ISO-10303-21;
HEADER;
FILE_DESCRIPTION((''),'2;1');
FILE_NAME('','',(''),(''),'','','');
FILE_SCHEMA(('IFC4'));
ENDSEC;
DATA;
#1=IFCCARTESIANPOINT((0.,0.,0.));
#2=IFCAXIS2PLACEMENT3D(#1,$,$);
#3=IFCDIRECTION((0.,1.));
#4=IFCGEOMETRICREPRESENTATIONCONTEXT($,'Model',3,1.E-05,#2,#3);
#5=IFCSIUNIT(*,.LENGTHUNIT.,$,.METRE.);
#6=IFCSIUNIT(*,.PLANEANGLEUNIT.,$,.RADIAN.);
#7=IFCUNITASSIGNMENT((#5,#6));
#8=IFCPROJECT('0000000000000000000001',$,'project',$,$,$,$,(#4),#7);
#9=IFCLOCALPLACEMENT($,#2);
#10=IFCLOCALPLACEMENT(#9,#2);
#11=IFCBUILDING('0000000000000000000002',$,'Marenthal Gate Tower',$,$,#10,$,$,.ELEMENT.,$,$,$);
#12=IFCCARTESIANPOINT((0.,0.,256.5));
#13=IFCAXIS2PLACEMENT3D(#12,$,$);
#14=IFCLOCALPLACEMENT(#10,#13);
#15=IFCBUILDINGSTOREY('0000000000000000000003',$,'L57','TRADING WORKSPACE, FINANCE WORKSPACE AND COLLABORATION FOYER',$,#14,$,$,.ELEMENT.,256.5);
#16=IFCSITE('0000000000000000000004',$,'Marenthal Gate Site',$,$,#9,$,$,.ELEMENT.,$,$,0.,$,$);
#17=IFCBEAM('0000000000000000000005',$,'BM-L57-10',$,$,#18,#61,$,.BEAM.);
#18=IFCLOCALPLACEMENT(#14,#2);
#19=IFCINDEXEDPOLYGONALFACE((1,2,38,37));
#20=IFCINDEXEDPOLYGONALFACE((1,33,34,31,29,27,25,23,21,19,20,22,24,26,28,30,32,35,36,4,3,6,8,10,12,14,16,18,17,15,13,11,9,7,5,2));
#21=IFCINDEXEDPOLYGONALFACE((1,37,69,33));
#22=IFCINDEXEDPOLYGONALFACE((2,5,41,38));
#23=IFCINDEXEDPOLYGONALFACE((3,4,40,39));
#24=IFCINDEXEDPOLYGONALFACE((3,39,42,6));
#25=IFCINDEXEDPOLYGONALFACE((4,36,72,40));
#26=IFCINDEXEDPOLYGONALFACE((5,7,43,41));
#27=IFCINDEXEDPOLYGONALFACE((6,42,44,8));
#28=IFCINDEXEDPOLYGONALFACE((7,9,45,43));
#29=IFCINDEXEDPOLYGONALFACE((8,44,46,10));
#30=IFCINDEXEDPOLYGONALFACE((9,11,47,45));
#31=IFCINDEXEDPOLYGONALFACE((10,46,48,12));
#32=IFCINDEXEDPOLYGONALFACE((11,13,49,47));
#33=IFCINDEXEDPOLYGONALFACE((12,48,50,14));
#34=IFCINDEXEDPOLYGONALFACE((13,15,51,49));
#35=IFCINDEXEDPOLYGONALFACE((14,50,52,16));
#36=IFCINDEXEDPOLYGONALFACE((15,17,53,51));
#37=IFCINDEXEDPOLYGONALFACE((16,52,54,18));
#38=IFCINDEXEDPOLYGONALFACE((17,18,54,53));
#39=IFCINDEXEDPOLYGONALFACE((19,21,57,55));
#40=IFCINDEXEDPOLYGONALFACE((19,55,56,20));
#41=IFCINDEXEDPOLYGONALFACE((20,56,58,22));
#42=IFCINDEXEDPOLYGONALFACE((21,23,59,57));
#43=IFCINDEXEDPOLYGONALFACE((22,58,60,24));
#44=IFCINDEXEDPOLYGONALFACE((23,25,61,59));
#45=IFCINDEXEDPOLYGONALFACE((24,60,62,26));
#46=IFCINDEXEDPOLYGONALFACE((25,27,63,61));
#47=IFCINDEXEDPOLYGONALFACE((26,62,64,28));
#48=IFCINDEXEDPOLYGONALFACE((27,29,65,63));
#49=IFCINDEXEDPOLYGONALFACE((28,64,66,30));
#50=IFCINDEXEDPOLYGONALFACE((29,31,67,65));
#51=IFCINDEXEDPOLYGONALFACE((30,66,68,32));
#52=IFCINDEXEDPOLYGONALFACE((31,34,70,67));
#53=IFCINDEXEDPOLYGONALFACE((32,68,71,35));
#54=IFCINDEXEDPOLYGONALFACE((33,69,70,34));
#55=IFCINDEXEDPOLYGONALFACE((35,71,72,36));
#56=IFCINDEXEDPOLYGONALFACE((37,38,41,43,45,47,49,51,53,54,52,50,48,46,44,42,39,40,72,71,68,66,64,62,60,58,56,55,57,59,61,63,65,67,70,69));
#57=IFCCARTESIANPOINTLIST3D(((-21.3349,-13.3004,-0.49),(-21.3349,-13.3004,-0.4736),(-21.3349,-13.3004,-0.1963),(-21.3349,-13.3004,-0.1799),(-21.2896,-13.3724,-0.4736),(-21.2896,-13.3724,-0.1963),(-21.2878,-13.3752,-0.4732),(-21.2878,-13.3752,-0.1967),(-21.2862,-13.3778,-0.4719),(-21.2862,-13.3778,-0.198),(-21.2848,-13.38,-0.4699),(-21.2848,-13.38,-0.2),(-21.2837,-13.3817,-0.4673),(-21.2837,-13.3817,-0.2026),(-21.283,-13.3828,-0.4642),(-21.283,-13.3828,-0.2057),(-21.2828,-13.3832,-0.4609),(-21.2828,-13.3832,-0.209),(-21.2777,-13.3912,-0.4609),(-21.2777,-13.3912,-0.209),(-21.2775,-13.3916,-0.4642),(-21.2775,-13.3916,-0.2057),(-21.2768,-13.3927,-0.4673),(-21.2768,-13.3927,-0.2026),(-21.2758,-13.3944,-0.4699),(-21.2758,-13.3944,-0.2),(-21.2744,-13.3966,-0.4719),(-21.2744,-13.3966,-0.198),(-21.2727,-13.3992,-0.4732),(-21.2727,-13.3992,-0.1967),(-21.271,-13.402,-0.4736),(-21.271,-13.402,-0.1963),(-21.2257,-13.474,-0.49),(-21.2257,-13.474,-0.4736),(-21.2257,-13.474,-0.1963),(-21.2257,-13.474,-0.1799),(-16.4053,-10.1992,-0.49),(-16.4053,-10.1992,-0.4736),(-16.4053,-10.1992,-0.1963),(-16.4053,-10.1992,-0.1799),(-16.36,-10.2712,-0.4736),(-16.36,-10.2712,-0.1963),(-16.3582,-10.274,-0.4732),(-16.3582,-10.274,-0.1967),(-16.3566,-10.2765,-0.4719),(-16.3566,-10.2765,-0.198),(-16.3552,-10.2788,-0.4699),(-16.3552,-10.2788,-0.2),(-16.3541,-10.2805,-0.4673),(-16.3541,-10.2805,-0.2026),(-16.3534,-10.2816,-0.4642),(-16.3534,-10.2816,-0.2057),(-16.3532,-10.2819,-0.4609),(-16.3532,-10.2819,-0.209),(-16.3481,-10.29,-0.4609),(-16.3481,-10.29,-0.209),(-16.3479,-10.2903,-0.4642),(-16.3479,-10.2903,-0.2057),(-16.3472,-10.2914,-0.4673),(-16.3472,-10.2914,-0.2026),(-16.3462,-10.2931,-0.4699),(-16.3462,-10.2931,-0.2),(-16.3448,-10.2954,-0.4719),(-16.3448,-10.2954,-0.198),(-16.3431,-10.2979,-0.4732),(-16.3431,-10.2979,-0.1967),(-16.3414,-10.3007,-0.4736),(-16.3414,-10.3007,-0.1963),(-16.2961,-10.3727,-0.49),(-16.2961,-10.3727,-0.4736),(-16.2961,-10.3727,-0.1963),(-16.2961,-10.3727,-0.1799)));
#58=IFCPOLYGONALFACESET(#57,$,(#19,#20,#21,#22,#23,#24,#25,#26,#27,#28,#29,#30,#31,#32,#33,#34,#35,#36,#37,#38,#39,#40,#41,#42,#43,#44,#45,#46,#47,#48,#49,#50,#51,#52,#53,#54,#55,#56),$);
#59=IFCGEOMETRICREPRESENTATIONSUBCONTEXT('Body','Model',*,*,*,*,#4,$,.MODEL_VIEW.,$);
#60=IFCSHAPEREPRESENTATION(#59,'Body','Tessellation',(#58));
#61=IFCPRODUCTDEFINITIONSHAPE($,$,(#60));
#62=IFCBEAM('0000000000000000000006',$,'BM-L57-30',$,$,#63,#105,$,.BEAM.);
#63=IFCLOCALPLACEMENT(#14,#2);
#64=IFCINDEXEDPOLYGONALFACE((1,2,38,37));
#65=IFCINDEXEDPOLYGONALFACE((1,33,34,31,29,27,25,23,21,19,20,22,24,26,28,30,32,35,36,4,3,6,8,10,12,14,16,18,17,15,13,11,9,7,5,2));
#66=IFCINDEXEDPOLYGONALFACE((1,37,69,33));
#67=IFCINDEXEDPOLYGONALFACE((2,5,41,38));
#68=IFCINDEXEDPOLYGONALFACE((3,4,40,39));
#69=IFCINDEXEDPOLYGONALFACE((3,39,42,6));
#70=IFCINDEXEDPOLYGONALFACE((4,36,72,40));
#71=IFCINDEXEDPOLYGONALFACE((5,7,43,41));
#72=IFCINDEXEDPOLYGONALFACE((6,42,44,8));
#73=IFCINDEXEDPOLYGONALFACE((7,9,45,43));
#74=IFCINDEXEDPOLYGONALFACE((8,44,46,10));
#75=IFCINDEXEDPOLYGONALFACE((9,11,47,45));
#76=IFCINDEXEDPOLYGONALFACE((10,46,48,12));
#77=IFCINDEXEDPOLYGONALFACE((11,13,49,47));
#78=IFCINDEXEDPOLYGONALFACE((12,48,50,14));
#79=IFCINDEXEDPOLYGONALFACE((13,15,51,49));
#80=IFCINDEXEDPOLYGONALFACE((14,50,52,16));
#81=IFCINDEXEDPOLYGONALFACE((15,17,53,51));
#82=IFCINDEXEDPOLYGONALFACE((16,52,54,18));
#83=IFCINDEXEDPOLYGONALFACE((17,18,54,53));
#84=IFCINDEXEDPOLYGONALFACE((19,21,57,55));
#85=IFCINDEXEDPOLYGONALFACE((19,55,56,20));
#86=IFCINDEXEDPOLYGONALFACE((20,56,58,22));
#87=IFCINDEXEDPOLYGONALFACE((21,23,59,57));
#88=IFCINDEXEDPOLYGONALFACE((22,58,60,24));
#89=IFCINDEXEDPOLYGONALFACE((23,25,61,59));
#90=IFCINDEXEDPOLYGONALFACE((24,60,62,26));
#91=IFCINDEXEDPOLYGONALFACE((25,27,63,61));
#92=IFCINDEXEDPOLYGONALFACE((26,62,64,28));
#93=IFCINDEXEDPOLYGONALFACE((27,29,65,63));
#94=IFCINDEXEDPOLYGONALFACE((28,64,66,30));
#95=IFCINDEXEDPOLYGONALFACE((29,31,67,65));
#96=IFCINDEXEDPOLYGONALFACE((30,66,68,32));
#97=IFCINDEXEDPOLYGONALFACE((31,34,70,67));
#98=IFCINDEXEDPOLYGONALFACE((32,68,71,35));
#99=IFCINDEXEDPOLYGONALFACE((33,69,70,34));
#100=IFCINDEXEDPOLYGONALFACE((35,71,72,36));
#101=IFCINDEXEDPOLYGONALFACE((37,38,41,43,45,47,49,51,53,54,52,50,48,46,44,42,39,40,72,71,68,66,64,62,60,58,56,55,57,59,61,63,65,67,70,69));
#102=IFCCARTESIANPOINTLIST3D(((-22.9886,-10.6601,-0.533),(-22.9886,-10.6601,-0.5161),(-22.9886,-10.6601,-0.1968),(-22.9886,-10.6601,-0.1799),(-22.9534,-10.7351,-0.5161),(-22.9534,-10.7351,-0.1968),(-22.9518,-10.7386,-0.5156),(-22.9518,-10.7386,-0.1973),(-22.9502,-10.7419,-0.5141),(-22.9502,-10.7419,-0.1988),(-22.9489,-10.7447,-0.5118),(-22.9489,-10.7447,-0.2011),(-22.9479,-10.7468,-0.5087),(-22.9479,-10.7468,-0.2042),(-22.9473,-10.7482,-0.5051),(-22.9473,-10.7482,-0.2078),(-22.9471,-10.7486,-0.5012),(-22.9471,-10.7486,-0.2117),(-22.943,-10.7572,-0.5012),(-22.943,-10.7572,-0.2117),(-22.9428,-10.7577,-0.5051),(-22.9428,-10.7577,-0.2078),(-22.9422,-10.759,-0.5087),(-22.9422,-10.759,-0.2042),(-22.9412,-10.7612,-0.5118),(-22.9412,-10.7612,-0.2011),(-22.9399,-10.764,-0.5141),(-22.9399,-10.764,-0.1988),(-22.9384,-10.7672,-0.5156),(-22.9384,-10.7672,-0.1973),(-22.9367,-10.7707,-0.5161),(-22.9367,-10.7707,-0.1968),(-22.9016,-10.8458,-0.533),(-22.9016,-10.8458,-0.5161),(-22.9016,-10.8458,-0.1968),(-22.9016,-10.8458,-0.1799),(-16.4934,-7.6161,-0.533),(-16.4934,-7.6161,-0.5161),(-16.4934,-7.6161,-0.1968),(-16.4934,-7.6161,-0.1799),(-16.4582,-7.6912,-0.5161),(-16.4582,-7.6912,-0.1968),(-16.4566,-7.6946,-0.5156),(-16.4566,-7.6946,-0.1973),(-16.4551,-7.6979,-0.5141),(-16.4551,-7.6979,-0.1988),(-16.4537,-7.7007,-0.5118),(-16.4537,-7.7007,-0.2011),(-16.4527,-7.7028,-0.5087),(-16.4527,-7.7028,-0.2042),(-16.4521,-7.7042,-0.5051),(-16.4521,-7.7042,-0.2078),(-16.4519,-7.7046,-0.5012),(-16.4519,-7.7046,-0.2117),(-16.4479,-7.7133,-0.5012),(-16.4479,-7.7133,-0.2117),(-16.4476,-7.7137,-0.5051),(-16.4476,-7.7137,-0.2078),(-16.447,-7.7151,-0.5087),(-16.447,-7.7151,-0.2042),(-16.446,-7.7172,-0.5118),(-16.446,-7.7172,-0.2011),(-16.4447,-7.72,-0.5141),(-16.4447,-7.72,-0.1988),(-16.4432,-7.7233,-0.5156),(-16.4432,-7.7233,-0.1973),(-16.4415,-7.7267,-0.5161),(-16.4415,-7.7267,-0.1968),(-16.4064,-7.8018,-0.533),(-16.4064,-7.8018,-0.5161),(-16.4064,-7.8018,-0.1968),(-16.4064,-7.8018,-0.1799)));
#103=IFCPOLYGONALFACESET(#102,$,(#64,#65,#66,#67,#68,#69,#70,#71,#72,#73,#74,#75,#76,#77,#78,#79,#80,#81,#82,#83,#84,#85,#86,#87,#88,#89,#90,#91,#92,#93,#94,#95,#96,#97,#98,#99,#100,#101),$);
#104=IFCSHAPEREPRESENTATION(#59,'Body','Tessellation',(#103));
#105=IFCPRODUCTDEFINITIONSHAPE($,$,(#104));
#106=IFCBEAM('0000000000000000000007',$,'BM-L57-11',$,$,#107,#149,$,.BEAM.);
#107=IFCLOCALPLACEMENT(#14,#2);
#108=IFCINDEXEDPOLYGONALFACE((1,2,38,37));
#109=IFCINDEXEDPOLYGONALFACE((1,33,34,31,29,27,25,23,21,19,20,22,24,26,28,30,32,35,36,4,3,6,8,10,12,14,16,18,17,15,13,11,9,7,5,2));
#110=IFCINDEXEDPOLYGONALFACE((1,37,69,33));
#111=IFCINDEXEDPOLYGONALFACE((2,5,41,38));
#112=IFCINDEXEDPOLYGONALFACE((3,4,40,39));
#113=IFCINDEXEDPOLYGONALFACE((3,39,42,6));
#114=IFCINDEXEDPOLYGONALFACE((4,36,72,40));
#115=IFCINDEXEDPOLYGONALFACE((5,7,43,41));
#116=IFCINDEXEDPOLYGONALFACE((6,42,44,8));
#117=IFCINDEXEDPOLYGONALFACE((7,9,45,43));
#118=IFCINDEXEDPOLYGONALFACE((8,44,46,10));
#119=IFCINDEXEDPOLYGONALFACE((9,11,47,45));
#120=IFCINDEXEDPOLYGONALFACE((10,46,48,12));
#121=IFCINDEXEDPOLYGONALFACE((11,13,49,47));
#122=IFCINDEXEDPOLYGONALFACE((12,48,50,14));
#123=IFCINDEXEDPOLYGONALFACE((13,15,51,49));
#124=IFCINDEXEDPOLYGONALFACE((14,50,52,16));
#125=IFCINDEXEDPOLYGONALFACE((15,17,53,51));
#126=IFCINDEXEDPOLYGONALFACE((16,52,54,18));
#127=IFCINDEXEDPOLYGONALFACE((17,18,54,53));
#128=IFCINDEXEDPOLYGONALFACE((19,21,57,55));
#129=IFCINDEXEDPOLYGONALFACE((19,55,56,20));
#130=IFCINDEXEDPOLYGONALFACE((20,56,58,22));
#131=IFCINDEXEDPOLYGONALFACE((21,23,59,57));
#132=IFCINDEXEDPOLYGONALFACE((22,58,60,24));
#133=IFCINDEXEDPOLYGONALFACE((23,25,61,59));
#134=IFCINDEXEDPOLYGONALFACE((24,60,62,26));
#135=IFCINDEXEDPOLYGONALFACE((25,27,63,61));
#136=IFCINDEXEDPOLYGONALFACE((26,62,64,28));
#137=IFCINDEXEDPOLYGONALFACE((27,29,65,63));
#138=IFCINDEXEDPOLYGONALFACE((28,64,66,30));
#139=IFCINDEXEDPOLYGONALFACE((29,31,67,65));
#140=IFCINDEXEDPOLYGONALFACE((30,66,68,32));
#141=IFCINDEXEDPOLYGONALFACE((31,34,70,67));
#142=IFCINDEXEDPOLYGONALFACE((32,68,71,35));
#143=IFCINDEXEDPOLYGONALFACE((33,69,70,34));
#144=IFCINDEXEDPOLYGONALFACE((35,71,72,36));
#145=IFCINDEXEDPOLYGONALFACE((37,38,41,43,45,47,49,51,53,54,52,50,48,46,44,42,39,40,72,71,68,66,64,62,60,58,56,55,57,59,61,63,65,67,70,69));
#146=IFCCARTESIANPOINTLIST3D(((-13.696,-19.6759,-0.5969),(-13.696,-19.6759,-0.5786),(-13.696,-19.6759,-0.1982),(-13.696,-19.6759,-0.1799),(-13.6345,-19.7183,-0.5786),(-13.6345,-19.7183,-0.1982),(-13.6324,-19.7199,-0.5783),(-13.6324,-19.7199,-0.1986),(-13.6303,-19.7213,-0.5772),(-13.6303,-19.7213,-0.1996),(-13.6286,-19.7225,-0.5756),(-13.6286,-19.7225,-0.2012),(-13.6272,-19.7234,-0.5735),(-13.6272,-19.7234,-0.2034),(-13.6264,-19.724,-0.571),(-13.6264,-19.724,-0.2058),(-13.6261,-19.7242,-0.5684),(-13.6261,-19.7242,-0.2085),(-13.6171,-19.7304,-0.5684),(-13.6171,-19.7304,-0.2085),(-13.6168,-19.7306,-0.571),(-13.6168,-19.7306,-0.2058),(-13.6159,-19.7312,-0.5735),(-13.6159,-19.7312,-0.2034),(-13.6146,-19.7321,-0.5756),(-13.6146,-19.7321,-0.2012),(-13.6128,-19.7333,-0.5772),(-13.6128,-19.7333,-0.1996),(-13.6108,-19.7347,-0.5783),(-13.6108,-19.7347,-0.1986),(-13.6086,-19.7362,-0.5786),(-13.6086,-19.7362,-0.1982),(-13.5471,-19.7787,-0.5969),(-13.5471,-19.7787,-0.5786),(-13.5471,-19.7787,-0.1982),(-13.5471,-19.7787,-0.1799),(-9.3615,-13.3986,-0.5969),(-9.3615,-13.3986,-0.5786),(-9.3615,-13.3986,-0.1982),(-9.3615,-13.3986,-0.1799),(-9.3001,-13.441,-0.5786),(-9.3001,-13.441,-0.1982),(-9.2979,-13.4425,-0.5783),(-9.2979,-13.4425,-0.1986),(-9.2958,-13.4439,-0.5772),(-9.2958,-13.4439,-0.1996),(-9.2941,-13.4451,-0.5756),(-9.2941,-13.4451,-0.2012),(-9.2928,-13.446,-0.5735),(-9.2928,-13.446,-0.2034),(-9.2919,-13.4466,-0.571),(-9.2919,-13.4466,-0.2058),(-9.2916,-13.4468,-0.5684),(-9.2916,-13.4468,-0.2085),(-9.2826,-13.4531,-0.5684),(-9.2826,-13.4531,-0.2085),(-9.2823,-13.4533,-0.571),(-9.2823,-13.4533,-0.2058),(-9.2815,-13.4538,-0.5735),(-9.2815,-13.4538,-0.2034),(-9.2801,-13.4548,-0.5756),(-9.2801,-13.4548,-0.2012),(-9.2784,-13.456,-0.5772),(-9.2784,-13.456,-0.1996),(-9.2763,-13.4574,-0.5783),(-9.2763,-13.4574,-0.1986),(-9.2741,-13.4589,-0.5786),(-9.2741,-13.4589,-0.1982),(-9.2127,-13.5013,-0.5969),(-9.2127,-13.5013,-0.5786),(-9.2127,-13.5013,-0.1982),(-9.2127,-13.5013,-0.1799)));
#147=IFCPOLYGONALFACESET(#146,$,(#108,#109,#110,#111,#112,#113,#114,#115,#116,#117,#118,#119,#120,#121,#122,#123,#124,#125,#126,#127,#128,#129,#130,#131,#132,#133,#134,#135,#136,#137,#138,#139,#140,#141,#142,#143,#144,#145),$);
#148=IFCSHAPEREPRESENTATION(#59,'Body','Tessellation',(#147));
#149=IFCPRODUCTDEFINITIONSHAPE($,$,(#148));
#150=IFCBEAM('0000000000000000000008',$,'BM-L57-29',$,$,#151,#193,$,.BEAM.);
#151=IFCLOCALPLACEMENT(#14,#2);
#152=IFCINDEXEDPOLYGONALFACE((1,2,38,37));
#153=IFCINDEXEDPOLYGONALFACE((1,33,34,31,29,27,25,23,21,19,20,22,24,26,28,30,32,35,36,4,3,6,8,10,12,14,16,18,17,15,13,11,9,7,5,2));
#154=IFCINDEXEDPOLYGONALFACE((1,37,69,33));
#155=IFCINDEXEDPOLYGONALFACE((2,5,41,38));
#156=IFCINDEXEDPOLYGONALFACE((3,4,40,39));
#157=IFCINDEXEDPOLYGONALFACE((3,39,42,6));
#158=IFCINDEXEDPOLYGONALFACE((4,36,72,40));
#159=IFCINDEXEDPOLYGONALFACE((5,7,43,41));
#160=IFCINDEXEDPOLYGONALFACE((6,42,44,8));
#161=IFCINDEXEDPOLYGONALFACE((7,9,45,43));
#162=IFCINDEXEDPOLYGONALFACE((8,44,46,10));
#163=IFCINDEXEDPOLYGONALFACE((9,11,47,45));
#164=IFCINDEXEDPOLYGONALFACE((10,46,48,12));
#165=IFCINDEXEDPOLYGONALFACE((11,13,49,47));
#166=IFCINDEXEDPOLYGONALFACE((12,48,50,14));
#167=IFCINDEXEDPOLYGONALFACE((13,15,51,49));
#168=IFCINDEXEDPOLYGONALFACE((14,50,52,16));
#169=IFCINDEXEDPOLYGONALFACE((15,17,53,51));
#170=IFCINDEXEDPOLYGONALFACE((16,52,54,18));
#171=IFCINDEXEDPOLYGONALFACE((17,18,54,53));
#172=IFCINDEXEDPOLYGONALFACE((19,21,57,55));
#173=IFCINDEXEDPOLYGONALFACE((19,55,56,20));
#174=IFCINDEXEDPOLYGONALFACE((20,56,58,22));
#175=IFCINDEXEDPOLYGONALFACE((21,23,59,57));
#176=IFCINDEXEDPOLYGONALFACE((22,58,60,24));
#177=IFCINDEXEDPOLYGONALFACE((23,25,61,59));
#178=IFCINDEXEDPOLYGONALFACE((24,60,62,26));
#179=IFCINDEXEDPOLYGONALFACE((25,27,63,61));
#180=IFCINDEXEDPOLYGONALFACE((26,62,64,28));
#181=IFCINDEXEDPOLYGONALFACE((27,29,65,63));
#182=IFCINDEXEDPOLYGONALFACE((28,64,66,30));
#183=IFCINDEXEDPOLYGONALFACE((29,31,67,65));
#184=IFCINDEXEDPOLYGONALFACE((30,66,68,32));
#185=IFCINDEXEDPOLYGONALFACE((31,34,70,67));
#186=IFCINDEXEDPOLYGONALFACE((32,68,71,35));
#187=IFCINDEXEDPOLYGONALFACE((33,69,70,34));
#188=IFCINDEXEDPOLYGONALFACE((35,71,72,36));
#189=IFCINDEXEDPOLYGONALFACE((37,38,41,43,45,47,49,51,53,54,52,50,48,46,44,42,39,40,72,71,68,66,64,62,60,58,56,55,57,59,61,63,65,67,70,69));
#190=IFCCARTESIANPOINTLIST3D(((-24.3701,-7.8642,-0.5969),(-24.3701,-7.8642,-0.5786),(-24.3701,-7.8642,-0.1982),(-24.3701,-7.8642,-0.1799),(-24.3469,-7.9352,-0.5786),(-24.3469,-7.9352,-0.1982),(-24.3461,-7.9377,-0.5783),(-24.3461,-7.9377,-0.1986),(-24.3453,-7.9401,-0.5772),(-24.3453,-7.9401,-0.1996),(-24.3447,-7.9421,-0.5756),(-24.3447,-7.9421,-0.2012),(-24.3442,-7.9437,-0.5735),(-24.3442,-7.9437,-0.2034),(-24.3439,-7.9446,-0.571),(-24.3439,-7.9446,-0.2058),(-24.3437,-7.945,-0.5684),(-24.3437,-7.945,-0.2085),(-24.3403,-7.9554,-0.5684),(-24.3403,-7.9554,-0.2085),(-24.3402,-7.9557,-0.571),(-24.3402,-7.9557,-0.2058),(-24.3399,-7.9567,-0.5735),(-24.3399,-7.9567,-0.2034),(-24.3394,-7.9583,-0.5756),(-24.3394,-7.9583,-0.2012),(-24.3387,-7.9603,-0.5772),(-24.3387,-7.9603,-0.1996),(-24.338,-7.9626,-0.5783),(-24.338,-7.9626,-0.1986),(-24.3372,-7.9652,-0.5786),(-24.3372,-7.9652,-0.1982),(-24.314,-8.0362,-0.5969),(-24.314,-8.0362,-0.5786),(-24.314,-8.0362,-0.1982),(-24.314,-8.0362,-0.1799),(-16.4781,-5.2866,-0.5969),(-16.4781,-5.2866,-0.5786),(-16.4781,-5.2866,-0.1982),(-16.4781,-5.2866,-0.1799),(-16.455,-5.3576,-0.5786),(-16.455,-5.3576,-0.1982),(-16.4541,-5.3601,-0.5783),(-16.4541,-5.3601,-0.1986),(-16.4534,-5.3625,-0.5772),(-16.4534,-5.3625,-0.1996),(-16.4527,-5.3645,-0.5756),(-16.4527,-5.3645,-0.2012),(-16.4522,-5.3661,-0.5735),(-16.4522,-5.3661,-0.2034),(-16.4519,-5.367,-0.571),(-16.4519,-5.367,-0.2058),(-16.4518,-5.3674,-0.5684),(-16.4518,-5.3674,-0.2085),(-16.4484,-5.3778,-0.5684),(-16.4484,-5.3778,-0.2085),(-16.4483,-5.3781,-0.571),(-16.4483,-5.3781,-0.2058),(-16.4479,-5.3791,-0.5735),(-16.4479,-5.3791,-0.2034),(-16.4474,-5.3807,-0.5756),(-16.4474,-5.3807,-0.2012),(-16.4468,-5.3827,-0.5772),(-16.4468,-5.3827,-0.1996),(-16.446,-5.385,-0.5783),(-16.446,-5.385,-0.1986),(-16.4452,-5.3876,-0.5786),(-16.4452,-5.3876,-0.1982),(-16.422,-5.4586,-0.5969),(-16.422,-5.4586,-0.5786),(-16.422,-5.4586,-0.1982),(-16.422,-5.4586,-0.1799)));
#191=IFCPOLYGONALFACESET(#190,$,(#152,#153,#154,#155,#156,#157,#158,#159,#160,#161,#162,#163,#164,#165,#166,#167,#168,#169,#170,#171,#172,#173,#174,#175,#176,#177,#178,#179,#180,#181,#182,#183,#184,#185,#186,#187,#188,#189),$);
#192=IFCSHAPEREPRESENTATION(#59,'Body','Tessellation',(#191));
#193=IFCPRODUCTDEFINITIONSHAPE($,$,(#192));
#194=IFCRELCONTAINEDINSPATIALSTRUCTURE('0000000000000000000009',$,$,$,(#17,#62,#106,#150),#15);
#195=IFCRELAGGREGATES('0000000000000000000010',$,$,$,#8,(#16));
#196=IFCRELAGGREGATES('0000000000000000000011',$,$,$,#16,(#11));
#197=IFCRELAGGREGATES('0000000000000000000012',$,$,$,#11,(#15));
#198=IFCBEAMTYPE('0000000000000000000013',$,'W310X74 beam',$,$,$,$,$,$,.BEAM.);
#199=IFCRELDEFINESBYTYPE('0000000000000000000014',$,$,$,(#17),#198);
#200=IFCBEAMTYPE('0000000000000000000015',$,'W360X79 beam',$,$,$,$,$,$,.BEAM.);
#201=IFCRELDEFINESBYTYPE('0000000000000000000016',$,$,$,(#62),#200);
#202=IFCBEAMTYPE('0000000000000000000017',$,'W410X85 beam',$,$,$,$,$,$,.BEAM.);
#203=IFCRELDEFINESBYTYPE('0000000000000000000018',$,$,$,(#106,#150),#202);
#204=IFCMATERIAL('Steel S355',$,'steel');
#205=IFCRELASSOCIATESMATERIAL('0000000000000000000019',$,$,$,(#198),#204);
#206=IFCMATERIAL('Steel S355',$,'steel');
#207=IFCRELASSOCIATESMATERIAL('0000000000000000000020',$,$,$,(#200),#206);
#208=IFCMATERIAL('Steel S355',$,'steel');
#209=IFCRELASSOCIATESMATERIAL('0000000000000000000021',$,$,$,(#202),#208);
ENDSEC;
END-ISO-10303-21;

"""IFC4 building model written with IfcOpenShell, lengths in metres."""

from ifc_helpers import new_model, si_unit, direction, frame, origin, origin_2d, place, context, subcontext, project, spatial, i_section, extrude, material, material_profile, profile_set, type_object, element, save


model = new_model("IFC4")

# Units and contexts
model_context = context("Model", 3, precision=1e-05, world=origin(), true_north=direction((0.0, 1.0)))
body_context = subcontext(model_context, "Body", "Model", "MODEL_VIEW")
ifc_project = project(units=[si_unit("LENGTHUNIT", "METRE"), si_unit("PLANEANGLEUNIT", "RADIAN")], contexts=[model_context])

# Site, building, storey
site_placement = place(None, origin())
site = spatial("IfcSite", under=ifc_project, at=site_placement, Name="Marenthal Gate Site", CompositionType="ELEMENT", RefElevation=0.0)
building_placement = place(site_placement, origin())
building = spatial("IfcBuilding", under=site, at=building_placement, Name="Marenthal Gate Tower", CompositionType="ELEMENT")
storey_placement = place(building_placement, frame((0.0, 0.0, 256.5)))
storey = spatial("IfcBuildingStorey", under=building, at=storey_placement, Name="L57", Description="TRADING WORKSPACE, FINANCE WORKSPACE AND COLLABORATION FOYER", CompositionType="ELEMENT", Elevation=256.5)

# Beams
ifc_material_1 = material(Name="Steel S355", Category="steel")
ifc_material_profile_1 = material_profile(ifc_material_1, i_section(OverallWidth=0.2051, OverallDepth=0.3101, WebThickness=0.0095, FlangeThickness=0.0164, FilletRadius=0.0127, at=origin_2d()), Name="W310X74")
ifc_profile_set_1 = profile_set([ifc_material_profile_1], Name="Steel S355")
beam_type_1 = type_object("IfcBeamType", Name="W310X74 beam", PredefinedType="BEAM", material=ifc_profile_set_1)
beam_1_placement = place(storey_placement, frame((-21.2803, -13.3872, -0.335), z_axis=(0.846431, 0.532499, 0.0), x_axis=(-0.532499, 0.846431, 0.0)))
element("IfcBeam", 1, at=beam_1_placement, inside=storey, type_object=beam_type_1, Name="BM-L57-10", PredefinedType="BEAM", context=body_context, shape_type="SweptSolid", body=[
    extrude(i_section(OverallWidth=0.2051, OverallDepth=0.3101, WebThickness=0.0095, FlangeThickness=0.0164, FilletRadius=0.0127, at=origin_2d()), origin(), (0.0, 0.0, 1.0), 5.824),
])
ifc_material_2 = material(Name="Steel S355", Category="steel")
ifc_material_profile_2 = material_profile(ifc_material_2, i_section(OverallWidth=0.2051, OverallDepth=0.353, WebThickness=0.0095, FlangeThickness=0.0168, FilletRadius=0.0149, at=origin_2d()), Name="W360X79")
ifc_profile_set_2 = profile_set([ifc_material_profile_2], Name="Steel S355")
beam_type_2 = type_object("IfcBeamType", Name="W360X79 beam", PredefinedType="BEAM", material=ifc_profile_set_2)
beam_2_placement = place(storey_placement, frame((-22.9451, -10.7529, -0.3564), z_axis=(0.905493, 0.424361, 0.0), x_axis=(-0.424361, 0.905493, 0.0)))
element("IfcBeam", 2, at=beam_2_placement, inside=storey, type_object=beam_type_2, Name="BM-L57-30", PredefinedType="BEAM", context=body_context, shape_type="SweptSolid", body=[
    extrude(i_section(OverallWidth=0.2051, OverallDepth=0.353, WebThickness=0.0095, FlangeThickness=0.0168, FilletRadius=0.0149, at=origin_2d()), origin(), (0.0, 0.0, 1.0), 7.1731),
])
ifc_material_3 = material(Name="Steel S355", Category="steel")
ifc_material_profile_3 = material_profile(ifc_material_3, i_section(OverallWidth=0.1809, OverallDepth=0.417, WebThickness=0.011, FlangeThickness=0.0183, FilletRadius=0.0103, at=origin_2d()), Name="W410X85")
ifc_profile_set_3 = profile_set([ifc_material_profile_3], Name="Steel S355")
beam_type_3 = type_object("IfcBeamType", Name="W410X85 beam", PredefinedType="BEAM", material=ifc_profile_set_3)
beam_3_placement = place(storey_placement, frame((-13.6216, -19.7273, -0.3884), z_axis=(0.568201, 0.82289, 0.0), x_axis=(-0.82289, 0.568201, 0.0)))
element("IfcBeam", 3, at=beam_3_placement, inside=storey, type_object=beam_type_3, Name="BM-L57-11", PredefinedType="BEAM", context=body_context, shape_type="SweptSolid", body=[
    extrude(i_section(OverallWidth=0.1809, OverallDepth=0.417, WebThickness=0.011, FlangeThickness=0.0183, FilletRadius=0.0103, at=origin_2d()), origin(), (0.0, 0.0, 1.0), 7.6284),
])
beam_4_placement = place(storey_placement, frame((-24.342, -7.9502, -0.3884), z_axis=(0.950583, 0.31047, 0.0), x_axis=(-0.31047, 0.950583, 0.0)))
element("IfcBeam", 4, at=beam_4_placement, inside=storey, type_object=beam_type_3, Name="BM-L57-29", PredefinedType="BEAM", context=body_context, shape_type="SweptSolid", body=[
    extrude(i_section(OverallWidth=0.1809, OverallDepth=0.417, WebThickness=0.011, FlangeThickness=0.0183, FilletRadius=0.0103, at=origin_2d()), origin(), (0.0, 0.0, 1.0), 8.3022),
])

save(model, "model.ifc")
